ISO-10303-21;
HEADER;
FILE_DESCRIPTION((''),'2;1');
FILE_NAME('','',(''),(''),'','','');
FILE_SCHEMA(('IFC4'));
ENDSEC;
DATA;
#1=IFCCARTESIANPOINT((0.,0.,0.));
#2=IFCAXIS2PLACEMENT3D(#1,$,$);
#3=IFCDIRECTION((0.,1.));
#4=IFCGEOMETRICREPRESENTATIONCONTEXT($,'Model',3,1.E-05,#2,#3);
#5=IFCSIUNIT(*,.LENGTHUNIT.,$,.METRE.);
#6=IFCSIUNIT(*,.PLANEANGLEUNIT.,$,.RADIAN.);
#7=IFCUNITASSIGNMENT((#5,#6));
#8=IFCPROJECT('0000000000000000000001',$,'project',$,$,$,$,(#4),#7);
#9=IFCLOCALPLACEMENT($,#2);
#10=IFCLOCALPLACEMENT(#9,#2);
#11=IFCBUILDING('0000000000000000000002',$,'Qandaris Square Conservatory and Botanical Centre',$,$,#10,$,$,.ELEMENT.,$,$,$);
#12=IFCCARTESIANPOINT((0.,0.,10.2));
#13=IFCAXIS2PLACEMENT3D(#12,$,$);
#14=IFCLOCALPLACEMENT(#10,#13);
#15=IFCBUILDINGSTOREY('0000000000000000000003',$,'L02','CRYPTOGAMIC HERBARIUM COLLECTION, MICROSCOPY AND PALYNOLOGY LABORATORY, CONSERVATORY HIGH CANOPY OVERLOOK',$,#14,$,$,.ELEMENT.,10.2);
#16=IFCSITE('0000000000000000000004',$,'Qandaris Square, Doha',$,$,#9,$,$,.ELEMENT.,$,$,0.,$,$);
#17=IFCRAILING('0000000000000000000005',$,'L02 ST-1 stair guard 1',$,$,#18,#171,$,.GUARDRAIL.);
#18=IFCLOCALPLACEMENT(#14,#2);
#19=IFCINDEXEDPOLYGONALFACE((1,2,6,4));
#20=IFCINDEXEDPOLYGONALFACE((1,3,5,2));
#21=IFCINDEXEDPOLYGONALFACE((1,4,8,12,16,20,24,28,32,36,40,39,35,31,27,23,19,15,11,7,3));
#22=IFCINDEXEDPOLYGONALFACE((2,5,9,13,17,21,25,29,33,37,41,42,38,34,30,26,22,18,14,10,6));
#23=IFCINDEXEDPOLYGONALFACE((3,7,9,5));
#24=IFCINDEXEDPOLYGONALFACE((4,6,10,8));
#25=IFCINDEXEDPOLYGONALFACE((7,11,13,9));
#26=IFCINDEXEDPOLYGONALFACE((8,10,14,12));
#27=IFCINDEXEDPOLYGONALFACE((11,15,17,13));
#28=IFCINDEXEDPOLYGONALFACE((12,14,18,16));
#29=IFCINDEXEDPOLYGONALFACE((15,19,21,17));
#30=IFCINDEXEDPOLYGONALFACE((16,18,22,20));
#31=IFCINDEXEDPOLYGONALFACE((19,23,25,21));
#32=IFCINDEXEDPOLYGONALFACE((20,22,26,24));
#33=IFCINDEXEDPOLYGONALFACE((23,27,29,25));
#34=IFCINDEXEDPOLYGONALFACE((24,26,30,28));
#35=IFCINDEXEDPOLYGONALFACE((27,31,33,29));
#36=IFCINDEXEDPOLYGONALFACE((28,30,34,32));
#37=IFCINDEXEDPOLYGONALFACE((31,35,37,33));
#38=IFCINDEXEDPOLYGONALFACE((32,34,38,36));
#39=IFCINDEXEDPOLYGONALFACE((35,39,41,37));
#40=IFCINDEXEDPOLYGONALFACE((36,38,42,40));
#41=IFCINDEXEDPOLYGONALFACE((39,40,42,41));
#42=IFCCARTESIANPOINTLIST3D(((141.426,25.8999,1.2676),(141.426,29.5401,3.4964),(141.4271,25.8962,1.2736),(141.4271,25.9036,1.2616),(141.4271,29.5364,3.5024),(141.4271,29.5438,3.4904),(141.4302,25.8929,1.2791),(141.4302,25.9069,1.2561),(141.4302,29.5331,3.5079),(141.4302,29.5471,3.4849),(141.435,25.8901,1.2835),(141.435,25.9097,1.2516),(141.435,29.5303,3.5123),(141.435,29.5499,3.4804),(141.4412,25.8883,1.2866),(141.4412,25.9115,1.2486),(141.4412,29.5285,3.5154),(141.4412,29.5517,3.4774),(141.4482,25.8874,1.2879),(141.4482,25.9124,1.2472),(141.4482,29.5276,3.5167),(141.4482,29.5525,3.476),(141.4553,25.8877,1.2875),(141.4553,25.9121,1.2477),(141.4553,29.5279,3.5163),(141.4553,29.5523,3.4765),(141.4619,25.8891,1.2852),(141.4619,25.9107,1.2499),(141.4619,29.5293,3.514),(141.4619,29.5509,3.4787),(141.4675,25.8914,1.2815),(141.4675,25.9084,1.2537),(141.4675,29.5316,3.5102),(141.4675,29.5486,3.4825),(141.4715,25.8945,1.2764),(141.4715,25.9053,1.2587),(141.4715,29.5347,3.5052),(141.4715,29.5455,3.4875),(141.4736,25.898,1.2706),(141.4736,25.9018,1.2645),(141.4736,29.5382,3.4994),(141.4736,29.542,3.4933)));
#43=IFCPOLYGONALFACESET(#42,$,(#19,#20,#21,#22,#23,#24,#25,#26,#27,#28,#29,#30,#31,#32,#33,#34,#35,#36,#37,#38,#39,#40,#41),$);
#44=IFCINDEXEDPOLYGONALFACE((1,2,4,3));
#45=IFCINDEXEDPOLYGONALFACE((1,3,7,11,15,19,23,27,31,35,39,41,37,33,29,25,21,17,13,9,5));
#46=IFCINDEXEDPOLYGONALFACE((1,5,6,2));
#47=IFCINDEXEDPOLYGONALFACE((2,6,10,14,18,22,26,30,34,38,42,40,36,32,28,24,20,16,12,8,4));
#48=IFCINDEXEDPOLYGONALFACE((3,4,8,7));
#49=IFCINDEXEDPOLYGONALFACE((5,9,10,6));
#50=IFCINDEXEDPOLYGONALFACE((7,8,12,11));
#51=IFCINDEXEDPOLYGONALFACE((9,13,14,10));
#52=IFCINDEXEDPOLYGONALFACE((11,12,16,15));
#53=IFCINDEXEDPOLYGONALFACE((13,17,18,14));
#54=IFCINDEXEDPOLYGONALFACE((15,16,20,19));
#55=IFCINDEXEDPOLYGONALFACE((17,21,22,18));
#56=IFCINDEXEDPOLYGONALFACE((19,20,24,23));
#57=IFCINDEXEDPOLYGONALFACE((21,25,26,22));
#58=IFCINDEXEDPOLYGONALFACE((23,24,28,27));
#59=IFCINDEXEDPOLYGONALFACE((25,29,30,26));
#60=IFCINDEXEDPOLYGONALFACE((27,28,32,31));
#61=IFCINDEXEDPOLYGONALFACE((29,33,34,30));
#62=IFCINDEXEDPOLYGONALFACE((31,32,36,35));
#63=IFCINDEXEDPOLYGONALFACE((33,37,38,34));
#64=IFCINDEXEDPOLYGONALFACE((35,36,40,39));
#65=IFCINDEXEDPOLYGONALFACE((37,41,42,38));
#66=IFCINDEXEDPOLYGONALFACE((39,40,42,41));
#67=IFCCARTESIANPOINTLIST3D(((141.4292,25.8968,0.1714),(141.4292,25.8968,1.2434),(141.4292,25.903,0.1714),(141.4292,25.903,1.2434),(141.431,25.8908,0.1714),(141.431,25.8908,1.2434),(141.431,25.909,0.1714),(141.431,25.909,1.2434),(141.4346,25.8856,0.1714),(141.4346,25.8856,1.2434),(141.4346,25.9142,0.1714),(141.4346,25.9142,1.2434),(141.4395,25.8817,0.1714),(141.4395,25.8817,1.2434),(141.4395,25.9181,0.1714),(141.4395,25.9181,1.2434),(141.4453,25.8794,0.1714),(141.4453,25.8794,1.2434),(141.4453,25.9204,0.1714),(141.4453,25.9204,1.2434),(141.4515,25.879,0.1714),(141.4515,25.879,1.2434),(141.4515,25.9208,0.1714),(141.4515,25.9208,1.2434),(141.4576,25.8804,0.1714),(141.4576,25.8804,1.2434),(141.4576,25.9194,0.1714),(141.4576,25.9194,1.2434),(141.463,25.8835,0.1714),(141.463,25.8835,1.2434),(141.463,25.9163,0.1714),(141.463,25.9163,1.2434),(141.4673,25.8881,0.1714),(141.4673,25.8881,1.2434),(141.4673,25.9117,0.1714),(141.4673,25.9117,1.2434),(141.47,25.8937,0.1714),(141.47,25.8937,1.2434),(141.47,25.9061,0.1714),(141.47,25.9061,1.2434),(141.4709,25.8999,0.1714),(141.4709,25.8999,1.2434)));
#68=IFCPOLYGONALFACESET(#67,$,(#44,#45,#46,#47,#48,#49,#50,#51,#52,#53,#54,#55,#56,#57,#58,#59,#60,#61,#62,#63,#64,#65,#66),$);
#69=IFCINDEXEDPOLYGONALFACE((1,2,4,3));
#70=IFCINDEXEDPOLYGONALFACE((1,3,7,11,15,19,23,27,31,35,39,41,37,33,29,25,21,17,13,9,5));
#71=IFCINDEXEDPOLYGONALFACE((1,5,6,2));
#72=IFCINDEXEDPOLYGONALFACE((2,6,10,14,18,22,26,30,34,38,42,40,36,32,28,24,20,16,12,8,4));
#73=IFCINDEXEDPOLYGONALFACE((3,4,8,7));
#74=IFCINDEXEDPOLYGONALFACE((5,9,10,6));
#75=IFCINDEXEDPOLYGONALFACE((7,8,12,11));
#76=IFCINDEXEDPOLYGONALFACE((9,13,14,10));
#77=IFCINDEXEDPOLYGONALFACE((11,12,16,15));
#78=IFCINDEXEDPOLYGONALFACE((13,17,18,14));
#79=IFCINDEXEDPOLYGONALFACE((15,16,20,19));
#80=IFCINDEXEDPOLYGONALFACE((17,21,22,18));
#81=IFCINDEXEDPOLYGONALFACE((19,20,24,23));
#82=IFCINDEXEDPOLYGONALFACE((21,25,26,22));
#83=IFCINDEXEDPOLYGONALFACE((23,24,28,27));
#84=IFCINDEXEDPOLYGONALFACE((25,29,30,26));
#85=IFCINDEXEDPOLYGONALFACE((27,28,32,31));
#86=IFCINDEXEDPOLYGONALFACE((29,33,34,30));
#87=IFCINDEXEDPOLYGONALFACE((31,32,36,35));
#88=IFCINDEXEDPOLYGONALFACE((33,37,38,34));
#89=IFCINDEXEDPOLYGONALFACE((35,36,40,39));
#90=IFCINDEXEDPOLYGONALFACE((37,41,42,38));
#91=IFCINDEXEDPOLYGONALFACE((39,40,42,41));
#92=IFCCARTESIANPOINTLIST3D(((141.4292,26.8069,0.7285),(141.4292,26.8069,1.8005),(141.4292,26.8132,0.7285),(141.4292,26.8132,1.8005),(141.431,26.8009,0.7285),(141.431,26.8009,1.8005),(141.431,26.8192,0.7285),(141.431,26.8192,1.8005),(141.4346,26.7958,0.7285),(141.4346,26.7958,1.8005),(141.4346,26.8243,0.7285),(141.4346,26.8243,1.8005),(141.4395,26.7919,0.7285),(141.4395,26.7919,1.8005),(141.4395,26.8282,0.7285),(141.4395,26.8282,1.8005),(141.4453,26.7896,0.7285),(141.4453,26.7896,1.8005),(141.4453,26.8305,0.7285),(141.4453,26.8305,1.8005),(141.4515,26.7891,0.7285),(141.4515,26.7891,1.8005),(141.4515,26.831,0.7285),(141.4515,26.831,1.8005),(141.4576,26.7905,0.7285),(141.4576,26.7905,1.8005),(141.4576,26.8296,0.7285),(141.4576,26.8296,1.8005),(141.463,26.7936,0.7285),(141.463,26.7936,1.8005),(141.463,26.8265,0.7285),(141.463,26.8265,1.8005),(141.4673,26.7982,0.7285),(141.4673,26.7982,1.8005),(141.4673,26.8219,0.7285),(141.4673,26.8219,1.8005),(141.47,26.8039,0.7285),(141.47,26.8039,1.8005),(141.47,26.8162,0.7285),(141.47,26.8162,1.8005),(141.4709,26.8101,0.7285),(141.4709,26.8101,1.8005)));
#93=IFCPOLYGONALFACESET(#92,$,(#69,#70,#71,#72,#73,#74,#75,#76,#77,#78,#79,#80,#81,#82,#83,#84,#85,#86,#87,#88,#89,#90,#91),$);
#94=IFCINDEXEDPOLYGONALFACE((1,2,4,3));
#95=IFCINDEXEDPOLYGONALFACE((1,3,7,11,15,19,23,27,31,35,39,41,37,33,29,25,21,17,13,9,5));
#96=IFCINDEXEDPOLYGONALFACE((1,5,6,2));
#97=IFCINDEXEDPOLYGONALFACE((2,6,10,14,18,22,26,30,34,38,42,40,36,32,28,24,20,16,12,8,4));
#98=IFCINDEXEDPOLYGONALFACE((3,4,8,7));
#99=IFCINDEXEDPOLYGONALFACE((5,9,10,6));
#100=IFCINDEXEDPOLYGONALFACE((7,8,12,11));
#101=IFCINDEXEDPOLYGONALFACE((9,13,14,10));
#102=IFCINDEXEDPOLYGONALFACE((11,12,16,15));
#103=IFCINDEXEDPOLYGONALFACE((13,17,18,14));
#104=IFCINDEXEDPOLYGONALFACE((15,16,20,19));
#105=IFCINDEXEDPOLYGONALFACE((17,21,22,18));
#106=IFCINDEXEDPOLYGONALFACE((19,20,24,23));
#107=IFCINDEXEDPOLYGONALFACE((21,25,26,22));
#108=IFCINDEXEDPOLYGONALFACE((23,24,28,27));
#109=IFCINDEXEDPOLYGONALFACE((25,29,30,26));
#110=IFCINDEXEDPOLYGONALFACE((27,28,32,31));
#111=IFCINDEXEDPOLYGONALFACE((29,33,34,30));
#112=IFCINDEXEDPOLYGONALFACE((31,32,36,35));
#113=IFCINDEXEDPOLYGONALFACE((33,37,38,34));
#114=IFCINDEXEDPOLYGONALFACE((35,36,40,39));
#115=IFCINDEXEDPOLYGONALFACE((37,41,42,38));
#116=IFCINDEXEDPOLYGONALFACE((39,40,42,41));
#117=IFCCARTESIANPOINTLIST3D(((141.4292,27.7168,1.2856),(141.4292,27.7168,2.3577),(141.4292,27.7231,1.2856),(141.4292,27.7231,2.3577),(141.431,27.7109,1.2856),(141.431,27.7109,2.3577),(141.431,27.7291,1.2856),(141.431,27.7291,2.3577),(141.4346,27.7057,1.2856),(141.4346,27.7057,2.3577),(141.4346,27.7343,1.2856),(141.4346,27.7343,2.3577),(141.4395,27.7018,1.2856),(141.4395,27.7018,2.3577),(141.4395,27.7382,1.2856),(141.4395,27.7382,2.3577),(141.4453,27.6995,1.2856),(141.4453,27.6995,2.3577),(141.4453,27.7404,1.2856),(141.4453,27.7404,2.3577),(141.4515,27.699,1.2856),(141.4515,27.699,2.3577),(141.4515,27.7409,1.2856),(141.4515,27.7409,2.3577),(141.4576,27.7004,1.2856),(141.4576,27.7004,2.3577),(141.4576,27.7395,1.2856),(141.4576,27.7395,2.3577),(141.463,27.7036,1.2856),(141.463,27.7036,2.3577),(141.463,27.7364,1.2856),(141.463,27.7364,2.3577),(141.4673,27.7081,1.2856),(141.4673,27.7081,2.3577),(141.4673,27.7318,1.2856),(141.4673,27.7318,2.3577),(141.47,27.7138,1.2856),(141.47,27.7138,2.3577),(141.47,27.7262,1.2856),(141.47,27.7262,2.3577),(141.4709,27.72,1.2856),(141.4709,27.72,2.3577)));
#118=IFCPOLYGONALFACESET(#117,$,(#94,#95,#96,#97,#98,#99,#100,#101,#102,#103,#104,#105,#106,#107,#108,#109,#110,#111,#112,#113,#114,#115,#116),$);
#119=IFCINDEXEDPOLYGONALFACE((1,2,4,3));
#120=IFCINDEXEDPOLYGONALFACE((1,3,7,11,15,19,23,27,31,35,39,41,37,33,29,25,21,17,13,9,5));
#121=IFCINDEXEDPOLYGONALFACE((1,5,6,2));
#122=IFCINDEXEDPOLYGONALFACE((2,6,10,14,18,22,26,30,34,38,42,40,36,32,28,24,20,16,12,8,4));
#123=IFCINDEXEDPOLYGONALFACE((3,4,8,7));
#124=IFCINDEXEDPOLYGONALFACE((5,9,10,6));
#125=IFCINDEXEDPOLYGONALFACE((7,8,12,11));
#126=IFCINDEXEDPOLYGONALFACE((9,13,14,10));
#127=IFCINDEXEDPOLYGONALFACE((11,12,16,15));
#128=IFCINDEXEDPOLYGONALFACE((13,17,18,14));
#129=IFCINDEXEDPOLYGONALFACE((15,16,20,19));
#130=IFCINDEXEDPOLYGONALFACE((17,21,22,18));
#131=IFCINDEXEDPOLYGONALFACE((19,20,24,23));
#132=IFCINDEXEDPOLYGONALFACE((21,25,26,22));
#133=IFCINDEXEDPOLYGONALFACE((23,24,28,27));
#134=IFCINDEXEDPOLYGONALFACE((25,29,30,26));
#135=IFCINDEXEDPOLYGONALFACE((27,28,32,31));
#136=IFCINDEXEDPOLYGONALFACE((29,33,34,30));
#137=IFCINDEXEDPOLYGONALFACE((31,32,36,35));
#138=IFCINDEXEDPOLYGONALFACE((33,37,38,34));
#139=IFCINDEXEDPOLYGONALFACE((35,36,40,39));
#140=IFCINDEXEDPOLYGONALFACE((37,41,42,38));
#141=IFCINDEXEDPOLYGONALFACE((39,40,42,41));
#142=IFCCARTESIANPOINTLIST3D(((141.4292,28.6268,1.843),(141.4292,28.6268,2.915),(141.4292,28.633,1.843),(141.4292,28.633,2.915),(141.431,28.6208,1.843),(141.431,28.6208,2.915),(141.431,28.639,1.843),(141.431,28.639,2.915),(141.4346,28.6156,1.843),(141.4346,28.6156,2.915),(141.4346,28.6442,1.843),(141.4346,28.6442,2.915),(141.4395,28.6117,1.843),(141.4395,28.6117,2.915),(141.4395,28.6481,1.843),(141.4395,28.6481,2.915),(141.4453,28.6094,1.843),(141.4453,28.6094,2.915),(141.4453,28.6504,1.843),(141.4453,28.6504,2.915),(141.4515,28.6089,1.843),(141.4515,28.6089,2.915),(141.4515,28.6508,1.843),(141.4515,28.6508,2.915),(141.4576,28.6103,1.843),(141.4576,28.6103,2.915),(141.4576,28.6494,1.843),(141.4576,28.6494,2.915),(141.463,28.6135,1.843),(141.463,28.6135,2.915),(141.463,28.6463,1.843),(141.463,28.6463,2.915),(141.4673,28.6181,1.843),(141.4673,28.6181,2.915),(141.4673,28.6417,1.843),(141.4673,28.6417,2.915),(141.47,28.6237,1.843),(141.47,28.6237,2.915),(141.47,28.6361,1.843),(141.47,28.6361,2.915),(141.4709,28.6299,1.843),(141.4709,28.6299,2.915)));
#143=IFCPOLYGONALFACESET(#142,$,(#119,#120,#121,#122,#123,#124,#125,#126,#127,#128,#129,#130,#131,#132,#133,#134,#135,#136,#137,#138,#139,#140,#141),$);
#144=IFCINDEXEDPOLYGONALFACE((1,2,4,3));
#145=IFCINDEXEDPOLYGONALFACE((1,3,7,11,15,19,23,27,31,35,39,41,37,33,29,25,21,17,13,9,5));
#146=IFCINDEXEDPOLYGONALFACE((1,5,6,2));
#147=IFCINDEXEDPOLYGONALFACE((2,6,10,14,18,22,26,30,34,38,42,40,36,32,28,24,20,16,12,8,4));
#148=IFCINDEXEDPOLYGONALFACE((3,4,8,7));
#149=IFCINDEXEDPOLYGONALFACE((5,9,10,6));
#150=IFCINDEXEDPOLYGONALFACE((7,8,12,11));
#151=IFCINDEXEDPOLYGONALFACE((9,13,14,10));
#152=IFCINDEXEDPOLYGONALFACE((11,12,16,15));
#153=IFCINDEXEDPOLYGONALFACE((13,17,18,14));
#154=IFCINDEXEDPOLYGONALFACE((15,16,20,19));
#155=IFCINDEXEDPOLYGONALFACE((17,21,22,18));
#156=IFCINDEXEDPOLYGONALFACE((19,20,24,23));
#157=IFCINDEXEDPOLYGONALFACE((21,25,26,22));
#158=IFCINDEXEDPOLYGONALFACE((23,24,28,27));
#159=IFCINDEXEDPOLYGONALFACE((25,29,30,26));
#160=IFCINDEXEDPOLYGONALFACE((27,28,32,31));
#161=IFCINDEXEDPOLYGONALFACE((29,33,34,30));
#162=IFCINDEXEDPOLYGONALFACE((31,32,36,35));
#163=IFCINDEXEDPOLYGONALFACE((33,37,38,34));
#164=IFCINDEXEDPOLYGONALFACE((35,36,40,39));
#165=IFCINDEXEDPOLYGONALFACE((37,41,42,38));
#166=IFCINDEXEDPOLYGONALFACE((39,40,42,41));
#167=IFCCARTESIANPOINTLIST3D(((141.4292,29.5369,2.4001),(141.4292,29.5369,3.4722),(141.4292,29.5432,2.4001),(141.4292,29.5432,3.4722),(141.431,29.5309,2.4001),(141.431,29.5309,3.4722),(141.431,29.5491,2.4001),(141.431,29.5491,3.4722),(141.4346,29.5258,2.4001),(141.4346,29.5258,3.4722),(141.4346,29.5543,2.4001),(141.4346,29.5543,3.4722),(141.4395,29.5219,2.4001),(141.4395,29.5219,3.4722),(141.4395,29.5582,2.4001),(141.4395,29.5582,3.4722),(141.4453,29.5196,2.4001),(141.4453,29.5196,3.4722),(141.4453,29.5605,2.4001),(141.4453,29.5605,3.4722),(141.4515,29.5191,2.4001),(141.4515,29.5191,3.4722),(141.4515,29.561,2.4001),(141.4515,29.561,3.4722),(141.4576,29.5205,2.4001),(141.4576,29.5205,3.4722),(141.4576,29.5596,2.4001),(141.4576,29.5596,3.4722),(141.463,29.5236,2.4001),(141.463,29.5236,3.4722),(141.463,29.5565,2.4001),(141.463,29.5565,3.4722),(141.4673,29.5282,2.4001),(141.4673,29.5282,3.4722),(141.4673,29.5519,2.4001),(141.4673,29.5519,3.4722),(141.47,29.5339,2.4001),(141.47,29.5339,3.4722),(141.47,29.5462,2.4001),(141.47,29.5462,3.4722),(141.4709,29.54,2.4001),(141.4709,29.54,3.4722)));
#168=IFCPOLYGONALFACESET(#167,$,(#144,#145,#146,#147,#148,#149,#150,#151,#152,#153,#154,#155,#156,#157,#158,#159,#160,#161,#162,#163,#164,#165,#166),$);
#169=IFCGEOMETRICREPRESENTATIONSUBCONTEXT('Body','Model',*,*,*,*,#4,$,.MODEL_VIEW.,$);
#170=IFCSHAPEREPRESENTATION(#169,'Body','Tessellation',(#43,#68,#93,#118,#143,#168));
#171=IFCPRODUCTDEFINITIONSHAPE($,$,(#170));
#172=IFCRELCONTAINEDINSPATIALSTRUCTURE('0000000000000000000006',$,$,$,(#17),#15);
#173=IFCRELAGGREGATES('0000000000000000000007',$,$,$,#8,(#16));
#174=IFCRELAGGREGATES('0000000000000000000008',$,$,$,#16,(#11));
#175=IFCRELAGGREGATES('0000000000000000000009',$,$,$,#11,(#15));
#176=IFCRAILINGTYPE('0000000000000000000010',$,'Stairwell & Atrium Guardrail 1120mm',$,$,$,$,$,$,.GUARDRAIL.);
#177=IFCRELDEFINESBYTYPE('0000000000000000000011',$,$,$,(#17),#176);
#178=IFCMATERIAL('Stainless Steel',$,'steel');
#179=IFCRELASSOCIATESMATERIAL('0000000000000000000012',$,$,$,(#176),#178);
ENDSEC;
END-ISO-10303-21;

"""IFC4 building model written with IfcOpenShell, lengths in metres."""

from ifc_helpers import new_model, si_unit, direction, frame, origin, origin_2d, place, context, subcontext, project, spatial, circle, extrude, material, type_object, element, save


model = new_model("IFC4")

# Units and contexts
model_context = context("Model", 3, precision=1e-05, world=origin(), true_north=direction((0.0, 1.0)))
body_context = subcontext(model_context, "Body", "Model", "MODEL_VIEW")
ifc_project = project(units=[si_unit("LENGTHUNIT", "METRE"), si_unit("PLANEANGLEUNIT", "RADIAN")], contexts=[model_context])

# Site, building, storey
site_placement = place(None, origin())
site = spatial("IfcSite", under=ifc_project, at=site_placement, Name="Qandaris Square, Doha", CompositionType="ELEMENT", RefElevation=0.0)
building_placement = place(site_placement, origin())
building = spatial("IfcBuilding", under=site, at=building_placement, Name="Qandaris Square Conservatory and Botanical Centre", CompositionType="ELEMENT")
storey_placement = place(building_placement, frame((0.0, 0.0, 10.2)))
storey = spatial("IfcBuildingStorey", under=building, at=storey_placement, Name="L02", Description="CRYPTOGAMIC HERBARIUM COLLECTION, MICROSCOPY AND PALYNOLOGY LABORATORY, CONSERVATORY HIGH CANOPY OVERLOOK", CompositionType="ELEMENT", Elevation=10.2)

# Railing
ifc_material_1 = material(Name="Stainless Steel", Category="steel")
railing_type_1 = type_object("IfcRailingType", Name="Stairwell & Atrium Guardrail 1120mm", PredefinedType="GUARDRAIL", material=ifc_material_1)
railing_1_placement = place(storey_placement, frame((141.45, 25.8999, 0.1714)))
element("IfcRailing", 1, at=railing_1_placement, inside=storey, type_object=railing_type_1, Name="L02 ST-1 stair guard 1", PredefinedType="GUARDRAIL", context=body_context, shape_type="SweptSolid", body=[
    extrude(circle(Radius=0.0239, at=origin_2d()), frame((0.0, 0.0, 1.0962), z_axis=(0.0, 0.85284, 0.522172), x_axis=(-1.0, 0.0, 0.0)), (0.0, 0.0, 1.0), 4.2683),
    extrude(circle(Radius=0.021, at=origin_2d()), origin(), (0.0, 0.0, 1.0), 1.072),
    extrude(circle(Radius=0.021, at=origin_2d()), frame((0.0, 0.9102, 0.5571)), (0.0, 0.0, 1.0), 1.072),
    extrude(circle(Radius=0.021, at=origin_2d()), frame((0.0, 1.8201, 1.1143)), (0.0, 0.0, 1.0), 1.072),
    extrude(circle(Radius=0.021, at=origin_2d()), frame((0.0, 2.73, 1.6716)), (0.0, 0.0, 1.0), 1.072),
    extrude(circle(Radius=0.021, at=origin_2d()), frame((0.0, 3.6401, 2.2288)), (0.0, 0.0, 1.0), 1.072),
])

save(model, "model.ifc")
